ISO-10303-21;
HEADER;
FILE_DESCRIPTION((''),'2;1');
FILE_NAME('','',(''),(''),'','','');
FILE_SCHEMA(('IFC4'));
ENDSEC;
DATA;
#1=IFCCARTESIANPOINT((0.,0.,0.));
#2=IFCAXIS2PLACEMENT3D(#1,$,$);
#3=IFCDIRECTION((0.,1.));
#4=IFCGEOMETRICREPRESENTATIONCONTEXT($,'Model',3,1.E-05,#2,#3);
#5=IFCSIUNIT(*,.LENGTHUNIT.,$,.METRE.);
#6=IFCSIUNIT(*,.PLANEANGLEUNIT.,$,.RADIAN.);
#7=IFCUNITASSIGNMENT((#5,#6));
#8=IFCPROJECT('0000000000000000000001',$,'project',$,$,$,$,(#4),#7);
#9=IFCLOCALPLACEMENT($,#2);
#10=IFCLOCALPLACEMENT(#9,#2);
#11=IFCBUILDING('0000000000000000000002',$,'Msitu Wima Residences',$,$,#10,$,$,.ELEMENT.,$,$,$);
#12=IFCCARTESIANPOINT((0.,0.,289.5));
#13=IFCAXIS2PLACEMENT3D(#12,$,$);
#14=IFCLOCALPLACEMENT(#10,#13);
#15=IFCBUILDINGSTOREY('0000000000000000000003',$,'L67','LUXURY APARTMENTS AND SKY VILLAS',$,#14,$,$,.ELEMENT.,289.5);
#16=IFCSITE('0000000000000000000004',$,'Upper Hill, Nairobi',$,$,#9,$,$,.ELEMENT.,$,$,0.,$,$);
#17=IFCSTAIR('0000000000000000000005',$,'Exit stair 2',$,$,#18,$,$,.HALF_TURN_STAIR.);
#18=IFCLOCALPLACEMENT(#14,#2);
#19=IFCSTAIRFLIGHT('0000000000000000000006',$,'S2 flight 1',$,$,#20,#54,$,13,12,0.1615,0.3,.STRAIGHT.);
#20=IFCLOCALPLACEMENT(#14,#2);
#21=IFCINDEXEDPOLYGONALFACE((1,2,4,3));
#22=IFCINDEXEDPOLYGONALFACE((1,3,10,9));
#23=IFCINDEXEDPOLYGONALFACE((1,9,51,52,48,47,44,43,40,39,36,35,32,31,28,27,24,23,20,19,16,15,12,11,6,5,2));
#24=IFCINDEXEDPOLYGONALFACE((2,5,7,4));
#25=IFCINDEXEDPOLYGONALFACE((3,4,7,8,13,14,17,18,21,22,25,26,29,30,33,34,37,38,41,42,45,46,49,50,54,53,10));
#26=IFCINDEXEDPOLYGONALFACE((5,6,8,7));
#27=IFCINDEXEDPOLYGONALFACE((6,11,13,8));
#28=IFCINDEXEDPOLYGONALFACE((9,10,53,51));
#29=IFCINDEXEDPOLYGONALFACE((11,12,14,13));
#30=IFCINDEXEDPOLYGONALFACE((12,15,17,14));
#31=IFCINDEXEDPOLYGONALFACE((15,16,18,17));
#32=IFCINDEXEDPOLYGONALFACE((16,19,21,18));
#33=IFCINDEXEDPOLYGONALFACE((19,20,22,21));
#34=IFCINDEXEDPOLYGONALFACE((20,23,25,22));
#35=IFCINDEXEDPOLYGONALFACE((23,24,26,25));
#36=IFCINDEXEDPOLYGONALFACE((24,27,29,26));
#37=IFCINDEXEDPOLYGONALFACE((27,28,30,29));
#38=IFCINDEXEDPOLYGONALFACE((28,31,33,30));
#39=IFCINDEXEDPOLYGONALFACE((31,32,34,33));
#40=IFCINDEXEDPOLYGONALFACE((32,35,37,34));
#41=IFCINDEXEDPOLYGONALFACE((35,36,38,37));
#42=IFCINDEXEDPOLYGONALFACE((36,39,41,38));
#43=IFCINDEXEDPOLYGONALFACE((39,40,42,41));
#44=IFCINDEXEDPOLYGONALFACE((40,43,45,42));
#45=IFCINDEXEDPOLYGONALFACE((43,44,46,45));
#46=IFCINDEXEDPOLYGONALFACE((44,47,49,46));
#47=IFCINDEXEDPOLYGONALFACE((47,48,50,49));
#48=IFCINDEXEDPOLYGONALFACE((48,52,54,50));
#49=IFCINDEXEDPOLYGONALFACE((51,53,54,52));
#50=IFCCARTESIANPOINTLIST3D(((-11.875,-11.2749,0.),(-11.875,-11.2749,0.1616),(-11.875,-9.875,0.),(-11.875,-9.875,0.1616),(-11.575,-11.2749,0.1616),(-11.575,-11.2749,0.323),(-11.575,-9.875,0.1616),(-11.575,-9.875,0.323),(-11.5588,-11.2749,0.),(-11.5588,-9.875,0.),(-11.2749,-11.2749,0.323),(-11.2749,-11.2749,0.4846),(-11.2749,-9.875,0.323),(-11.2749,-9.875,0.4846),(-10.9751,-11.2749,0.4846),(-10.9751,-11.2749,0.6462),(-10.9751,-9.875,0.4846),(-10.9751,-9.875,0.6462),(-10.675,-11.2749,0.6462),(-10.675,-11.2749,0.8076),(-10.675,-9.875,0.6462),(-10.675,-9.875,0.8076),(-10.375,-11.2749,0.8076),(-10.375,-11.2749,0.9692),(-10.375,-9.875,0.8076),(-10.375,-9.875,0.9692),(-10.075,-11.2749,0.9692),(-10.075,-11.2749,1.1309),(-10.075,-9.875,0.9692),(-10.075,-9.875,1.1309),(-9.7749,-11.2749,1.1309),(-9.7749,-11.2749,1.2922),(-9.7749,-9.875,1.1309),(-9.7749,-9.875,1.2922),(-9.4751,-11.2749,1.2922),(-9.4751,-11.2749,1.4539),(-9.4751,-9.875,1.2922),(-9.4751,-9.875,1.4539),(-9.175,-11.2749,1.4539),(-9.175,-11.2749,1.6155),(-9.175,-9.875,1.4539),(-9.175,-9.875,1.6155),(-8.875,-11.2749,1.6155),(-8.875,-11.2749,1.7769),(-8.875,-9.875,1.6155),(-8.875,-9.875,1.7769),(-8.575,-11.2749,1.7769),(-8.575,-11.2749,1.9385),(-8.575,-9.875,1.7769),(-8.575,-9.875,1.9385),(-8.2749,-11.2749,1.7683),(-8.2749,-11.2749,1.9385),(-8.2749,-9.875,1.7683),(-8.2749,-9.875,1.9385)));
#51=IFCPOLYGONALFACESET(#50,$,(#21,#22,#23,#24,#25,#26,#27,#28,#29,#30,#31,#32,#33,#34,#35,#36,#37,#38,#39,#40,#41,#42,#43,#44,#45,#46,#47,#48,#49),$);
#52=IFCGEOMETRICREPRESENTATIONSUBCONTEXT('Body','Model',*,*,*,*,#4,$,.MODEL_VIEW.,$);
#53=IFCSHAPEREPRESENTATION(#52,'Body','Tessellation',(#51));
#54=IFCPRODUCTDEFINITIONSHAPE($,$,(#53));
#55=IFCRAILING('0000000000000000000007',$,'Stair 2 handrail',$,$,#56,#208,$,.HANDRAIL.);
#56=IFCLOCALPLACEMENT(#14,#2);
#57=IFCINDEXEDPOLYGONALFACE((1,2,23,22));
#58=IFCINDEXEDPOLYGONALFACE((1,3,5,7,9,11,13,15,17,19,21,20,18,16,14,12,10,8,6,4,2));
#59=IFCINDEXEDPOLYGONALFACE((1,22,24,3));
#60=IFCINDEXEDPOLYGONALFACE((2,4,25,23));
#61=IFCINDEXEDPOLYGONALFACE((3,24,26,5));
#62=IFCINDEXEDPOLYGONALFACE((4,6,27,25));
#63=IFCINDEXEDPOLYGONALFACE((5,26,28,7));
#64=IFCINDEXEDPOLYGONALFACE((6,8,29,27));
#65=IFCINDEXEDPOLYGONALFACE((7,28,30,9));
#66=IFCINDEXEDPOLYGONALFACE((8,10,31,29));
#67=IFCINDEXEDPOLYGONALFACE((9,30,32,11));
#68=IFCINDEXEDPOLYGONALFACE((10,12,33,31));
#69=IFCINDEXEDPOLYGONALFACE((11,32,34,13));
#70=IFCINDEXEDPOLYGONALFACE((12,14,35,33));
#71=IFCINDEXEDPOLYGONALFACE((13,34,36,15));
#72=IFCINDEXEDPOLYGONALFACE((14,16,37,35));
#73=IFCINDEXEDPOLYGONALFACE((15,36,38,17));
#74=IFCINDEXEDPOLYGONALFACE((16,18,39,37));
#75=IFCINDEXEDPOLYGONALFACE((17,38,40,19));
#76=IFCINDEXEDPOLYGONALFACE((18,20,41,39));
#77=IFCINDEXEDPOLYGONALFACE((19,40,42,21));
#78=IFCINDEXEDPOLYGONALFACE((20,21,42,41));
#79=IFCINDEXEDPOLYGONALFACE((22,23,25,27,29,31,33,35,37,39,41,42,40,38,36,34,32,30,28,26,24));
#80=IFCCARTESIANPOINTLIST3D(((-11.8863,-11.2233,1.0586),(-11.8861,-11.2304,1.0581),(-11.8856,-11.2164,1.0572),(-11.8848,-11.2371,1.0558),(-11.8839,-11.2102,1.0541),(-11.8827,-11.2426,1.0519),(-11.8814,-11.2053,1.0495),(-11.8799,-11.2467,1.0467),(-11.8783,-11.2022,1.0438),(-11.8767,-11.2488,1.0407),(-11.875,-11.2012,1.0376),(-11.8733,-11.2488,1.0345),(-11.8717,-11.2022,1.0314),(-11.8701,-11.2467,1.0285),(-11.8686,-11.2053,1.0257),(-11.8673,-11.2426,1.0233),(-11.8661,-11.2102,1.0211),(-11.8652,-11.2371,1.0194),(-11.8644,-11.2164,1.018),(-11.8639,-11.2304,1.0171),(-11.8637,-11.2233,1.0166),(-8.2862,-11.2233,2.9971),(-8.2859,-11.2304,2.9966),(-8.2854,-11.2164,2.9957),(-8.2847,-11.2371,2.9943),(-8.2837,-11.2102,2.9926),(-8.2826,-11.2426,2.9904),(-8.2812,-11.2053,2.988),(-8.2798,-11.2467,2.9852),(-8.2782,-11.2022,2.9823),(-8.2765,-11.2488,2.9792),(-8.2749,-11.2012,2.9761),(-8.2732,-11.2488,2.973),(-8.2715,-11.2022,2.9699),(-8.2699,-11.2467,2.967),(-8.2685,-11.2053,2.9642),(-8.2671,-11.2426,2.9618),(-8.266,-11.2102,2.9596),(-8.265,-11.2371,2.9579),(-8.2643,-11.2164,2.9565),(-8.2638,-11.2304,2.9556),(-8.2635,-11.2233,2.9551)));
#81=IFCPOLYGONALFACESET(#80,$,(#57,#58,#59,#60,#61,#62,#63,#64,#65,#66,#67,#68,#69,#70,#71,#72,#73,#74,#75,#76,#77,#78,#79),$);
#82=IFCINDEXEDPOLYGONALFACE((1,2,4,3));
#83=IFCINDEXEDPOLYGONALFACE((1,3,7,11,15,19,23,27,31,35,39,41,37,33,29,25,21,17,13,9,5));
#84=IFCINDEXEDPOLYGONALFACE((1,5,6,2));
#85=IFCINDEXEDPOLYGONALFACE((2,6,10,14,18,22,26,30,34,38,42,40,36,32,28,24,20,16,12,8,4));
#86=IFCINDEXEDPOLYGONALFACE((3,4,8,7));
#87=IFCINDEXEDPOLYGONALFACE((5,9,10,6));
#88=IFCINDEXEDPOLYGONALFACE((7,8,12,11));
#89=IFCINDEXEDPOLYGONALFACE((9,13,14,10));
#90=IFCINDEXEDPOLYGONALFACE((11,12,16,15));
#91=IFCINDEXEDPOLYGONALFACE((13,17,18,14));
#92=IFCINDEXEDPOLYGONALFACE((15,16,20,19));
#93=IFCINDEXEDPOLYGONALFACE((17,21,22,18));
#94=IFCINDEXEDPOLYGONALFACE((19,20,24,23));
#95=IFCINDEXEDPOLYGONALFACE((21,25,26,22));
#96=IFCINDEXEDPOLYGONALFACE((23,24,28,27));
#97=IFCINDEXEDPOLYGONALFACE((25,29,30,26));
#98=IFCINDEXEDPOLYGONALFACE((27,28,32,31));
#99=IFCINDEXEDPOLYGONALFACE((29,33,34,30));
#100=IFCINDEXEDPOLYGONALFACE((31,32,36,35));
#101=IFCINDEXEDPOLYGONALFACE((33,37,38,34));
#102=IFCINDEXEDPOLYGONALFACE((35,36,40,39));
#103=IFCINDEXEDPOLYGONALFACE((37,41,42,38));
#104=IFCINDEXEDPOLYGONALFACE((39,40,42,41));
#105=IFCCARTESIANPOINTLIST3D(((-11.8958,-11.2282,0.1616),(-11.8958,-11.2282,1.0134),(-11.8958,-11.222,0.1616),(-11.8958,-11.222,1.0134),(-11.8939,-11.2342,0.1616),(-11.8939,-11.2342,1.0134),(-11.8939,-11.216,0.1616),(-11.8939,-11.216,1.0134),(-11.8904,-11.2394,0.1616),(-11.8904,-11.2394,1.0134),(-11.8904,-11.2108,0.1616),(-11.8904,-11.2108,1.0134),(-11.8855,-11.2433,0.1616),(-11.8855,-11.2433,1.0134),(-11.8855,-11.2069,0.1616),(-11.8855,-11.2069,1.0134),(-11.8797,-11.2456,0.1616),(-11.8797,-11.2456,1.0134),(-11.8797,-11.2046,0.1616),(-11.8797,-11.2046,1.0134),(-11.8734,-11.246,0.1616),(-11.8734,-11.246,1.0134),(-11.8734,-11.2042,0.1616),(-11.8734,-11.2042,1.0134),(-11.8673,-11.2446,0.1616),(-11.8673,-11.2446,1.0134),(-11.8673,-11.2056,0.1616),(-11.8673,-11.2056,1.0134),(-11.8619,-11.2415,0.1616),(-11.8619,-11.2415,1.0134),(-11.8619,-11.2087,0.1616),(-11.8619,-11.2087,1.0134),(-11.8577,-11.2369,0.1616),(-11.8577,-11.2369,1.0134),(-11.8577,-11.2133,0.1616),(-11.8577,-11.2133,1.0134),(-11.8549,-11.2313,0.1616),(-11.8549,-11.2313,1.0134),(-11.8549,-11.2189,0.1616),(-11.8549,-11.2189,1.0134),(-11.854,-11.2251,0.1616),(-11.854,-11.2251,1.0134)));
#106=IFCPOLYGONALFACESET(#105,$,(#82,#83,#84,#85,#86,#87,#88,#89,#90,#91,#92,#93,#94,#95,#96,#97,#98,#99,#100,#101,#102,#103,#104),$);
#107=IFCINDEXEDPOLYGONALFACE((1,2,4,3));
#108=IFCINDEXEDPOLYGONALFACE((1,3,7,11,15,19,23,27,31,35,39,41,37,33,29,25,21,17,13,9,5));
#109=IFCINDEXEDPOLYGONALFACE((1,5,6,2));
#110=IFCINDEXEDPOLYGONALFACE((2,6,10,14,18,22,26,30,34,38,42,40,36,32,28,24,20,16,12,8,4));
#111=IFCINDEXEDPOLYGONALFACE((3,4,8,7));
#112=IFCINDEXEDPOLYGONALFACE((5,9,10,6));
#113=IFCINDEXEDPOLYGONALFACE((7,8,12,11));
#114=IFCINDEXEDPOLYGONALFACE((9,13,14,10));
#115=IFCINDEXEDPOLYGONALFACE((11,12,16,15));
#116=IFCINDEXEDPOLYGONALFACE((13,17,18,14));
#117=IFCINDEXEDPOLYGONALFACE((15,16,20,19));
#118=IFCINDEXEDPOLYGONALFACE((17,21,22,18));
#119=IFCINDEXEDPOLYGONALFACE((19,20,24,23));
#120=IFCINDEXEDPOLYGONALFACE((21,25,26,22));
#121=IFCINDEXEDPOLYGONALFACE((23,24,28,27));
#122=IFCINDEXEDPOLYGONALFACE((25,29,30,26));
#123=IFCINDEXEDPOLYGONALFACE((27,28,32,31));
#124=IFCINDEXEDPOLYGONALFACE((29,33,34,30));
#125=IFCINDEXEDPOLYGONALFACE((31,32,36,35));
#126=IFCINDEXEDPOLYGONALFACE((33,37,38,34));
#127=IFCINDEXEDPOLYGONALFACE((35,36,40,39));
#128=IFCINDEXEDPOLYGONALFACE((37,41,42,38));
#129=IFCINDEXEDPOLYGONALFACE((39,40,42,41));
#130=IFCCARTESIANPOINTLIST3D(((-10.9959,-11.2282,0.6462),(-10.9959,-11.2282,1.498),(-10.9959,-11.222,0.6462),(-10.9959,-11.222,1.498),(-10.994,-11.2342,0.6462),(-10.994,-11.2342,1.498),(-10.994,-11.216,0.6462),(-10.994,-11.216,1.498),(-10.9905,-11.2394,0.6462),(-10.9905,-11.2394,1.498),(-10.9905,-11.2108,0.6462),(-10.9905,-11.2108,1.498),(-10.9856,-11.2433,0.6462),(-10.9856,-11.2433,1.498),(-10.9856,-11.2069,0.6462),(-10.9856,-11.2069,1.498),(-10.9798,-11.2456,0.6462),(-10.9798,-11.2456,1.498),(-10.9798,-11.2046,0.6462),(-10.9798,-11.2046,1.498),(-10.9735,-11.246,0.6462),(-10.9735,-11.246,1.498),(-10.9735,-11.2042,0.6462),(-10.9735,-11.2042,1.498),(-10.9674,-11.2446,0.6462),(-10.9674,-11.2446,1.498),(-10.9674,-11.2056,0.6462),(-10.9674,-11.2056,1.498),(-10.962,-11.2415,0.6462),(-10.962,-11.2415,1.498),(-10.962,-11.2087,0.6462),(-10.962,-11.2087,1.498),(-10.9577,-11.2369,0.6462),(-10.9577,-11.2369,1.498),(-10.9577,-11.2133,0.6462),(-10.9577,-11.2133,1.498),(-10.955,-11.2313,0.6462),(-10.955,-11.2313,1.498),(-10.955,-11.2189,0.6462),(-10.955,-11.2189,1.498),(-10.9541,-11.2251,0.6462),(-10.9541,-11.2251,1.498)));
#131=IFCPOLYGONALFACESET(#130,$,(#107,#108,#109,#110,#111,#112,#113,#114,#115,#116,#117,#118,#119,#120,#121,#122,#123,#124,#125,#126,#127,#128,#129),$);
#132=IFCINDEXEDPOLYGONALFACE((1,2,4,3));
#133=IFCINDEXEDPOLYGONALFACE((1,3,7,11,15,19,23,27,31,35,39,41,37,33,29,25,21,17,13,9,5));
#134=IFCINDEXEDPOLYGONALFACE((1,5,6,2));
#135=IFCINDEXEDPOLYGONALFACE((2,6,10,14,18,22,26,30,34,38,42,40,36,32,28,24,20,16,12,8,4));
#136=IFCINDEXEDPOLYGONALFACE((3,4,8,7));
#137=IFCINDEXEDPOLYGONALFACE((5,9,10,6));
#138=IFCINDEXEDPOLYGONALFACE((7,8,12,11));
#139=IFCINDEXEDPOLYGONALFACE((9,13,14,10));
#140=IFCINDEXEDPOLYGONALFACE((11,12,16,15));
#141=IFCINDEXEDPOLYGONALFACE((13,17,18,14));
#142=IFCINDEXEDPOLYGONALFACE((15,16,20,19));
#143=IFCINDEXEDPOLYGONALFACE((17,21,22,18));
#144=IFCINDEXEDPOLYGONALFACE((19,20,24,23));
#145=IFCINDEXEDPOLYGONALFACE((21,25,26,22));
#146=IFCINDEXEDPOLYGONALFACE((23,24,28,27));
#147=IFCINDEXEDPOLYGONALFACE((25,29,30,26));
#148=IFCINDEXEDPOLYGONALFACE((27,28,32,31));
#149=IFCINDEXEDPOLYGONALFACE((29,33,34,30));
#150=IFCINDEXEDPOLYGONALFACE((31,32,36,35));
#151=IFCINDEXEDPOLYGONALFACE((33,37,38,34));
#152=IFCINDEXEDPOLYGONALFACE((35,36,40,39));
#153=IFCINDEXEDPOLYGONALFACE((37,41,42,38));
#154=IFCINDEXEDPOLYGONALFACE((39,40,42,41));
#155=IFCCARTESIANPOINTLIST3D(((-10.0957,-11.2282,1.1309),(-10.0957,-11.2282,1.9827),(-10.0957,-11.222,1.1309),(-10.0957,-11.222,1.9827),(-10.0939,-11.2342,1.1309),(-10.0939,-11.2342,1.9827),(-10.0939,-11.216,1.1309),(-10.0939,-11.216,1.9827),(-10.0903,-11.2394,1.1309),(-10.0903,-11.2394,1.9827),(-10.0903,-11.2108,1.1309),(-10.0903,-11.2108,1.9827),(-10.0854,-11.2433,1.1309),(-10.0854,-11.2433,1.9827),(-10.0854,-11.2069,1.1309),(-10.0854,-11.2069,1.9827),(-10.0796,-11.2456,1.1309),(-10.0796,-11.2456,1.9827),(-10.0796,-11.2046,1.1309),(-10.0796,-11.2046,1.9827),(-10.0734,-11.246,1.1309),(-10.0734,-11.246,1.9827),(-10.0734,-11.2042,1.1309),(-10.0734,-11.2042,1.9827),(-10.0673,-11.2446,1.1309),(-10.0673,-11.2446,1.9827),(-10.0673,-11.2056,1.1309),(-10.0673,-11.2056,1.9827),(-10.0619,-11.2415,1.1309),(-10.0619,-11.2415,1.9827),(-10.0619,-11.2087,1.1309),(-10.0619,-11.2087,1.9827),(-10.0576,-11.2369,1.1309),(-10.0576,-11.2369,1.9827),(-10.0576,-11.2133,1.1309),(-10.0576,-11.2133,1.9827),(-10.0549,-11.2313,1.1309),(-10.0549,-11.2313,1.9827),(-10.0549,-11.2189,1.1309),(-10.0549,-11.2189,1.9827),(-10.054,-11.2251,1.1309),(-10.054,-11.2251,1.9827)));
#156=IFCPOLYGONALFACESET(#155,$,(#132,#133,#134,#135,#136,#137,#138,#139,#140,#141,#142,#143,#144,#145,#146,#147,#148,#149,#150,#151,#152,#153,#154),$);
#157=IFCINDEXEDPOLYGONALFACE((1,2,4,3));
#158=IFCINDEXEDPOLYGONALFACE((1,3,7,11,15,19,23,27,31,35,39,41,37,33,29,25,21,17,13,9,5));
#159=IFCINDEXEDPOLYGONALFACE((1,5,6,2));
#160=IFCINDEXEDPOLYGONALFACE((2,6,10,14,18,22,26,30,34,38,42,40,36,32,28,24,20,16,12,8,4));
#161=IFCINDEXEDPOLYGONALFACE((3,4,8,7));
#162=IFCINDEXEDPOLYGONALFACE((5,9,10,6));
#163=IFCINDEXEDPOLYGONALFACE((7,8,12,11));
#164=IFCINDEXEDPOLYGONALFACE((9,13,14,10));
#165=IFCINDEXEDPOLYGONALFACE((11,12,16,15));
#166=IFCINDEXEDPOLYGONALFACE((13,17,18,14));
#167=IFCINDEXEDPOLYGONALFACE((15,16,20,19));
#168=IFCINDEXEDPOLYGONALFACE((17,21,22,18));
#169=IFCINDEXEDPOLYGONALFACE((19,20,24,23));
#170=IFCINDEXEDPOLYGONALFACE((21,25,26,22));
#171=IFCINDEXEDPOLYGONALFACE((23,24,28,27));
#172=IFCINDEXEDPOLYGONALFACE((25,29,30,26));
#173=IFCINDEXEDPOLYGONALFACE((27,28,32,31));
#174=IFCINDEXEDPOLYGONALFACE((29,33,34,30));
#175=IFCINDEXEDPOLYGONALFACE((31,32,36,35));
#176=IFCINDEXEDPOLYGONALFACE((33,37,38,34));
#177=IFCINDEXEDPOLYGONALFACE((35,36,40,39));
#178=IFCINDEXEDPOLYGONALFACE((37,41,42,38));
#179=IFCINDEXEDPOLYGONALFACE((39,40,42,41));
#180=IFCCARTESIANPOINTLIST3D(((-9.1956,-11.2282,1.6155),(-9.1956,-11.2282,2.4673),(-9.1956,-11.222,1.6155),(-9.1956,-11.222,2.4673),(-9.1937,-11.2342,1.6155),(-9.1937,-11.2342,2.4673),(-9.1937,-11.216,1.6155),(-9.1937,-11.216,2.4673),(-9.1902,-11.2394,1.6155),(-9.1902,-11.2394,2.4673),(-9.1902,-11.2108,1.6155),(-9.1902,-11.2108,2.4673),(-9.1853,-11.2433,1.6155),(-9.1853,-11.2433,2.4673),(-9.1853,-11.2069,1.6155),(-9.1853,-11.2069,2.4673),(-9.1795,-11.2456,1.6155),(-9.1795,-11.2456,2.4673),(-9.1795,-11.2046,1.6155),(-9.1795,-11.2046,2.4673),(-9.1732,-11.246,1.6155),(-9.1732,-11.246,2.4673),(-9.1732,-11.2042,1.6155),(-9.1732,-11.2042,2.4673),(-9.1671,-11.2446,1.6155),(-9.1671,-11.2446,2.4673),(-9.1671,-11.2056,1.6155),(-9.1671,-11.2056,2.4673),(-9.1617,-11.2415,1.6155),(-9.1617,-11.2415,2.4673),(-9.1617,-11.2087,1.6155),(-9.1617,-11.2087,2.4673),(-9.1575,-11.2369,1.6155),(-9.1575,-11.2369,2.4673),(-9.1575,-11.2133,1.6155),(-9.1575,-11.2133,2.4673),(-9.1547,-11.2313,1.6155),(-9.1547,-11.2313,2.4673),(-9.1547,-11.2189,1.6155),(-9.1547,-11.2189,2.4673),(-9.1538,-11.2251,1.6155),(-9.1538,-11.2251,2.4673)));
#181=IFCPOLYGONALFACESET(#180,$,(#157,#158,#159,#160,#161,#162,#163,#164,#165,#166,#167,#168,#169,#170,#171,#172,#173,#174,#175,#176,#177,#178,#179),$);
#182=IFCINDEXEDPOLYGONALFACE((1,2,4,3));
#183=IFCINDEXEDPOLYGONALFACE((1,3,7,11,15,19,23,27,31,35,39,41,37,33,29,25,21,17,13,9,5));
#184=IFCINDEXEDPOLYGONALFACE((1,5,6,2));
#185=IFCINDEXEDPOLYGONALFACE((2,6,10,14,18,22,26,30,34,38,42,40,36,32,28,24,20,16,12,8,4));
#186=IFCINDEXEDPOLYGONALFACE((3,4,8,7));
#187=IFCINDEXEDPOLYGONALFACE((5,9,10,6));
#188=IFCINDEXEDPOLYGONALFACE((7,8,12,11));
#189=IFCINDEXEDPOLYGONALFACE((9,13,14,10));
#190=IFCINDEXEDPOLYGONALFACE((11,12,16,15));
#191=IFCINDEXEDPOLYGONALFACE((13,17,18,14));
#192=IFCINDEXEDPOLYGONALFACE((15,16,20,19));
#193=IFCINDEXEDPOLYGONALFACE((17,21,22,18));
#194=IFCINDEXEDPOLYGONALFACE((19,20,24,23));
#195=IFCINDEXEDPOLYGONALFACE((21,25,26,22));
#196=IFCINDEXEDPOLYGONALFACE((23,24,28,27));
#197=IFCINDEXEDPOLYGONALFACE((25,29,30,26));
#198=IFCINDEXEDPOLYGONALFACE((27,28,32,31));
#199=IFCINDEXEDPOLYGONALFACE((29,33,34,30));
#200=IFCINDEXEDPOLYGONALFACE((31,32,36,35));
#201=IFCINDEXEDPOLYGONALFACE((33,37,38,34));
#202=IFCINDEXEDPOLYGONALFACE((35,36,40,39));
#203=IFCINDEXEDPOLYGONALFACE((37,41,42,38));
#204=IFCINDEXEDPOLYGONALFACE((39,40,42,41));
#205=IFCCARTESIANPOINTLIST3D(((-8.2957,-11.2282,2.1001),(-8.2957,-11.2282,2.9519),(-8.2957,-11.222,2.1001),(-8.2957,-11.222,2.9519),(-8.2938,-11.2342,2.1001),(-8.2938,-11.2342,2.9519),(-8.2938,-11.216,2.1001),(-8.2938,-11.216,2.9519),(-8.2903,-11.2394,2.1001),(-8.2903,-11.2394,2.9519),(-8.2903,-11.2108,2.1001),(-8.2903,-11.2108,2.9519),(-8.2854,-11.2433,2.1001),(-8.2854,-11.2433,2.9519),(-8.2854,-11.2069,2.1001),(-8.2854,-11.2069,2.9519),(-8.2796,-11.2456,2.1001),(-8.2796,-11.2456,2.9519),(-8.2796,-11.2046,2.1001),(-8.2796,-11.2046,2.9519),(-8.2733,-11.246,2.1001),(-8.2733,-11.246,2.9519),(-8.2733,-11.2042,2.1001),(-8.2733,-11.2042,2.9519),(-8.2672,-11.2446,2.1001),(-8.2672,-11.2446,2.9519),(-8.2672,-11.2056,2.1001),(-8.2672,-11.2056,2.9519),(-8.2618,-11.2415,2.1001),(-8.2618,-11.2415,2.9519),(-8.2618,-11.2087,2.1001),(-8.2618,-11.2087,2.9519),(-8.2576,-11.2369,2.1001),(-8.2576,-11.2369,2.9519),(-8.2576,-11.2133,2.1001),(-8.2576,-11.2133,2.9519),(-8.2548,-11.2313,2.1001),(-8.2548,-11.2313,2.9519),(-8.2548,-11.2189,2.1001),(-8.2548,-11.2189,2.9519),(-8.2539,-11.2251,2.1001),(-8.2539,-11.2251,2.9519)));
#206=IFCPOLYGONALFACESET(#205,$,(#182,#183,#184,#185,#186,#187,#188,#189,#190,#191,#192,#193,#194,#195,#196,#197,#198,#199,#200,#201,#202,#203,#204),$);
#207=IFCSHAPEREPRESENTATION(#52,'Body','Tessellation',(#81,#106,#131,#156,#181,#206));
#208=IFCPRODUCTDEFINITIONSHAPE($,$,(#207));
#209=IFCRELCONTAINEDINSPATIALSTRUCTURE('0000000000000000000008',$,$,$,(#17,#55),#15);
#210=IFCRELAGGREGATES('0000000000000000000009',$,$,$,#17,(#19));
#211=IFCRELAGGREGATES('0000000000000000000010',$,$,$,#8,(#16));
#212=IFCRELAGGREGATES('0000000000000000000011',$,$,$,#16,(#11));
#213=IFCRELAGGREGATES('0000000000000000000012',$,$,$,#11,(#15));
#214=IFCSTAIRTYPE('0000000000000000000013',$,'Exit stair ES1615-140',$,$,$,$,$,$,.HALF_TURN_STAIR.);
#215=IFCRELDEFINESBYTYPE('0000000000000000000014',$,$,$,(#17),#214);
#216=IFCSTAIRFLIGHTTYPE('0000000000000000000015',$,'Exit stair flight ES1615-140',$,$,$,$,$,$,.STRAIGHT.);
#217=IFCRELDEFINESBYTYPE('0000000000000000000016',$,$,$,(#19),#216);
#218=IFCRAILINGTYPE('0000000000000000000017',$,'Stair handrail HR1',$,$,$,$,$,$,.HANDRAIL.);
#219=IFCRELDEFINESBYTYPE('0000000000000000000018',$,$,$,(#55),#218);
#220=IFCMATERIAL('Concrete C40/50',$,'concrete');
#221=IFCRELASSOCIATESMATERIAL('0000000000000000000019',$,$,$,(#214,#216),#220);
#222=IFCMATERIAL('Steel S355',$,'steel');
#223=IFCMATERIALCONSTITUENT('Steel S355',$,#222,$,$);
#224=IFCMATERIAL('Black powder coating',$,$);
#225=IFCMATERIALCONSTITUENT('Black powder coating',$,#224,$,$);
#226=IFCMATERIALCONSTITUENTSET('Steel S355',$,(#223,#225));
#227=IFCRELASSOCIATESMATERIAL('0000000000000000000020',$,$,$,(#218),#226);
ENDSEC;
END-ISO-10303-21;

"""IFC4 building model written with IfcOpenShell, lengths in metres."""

from ifc_helpers import new_model, si_unit, direction, frame, origin, origin_2d, place, context, subcontext, project, spatial, polyline, circle, outline, extrude, material, constituent, constituent_set, type_object, element, aggregate, save


model = new_model("IFC4")

# Units and contexts
model_context = context("Model", 3, precision=1e-05, world=origin(), true_north=direction((0.0, 1.0)))
body_context = subcontext(model_context, "Body", "Model", "MODEL_VIEW")
ifc_project = project(units=[si_unit("LENGTHUNIT", "METRE"), si_unit("PLANEANGLEUNIT", "RADIAN")], contexts=[model_context])

# Site, building, storey
site_placement = place(None, origin())
site = spatial("IfcSite", under=ifc_project, at=site_placement, Name="Upper Hill, Nairobi", CompositionType="ELEMENT", RefElevation=0.0)
building_placement = place(site_placement, origin())
building = spatial("IfcBuilding", under=site, at=building_placement, Name="Msitu Wima Residences", CompositionType="ELEMENT")
storey_placement = place(building_placement, frame((0.0, 0.0, 289.5)))
storey = spatial("IfcBuildingStorey", under=building, at=storey_placement, Name="L67", Description="LUXURY APARTMENTS AND SKY VILLAS", CompositionType="ELEMENT", Elevation=289.5)

# Stair, stair flight
ifc_material_1 = material(Name="Concrete C40/50", Category="concrete")
stair_type = type_object("IfcStairType", Name="Exit stair ES1615-140", PredefinedType="HALF_TURN_STAIR", material=ifc_material_1)
stair_placement = place(storey_placement, origin())
stair = element("IfcStair", 1, at=stair_placement, inside=storey, type_object=stair_type, Name="Exit stair 2", PredefinedType="HALF_TURN_STAIR")
stair_flight_type = type_object("IfcStairFlightType", Name="Exit stair flight ES1615-140", PredefinedType="STRAIGHT", material=ifc_material_1)
stair_flight_placement = place(storey_placement, frame((-11.875, -10.575, 0.0), z_axis=(0.0, 0.0, 1.0), x_axis=(1.0, 0.0, 0.0)))
stair_flight = element("IfcStairFlight", 2, at=stair_flight_placement, type_object=stair_flight_type, Name="S2 flight 1", NumberOfRisers=13, NumberOfTreads=12, PredefinedType="STRAIGHT", RiserHeight=0.1615, TreadLength=0.3, context=body_context, shape_type="SweptSolid", body=[
    extrude(outline(polyline([(0.0, 0.0), (0.0, 0.1616), (0.3, 0.1616), (0.3, 0.323), (0.6001, 0.323), (0.6001, 0.4846), (0.8999, 0.4846), (0.8999, 0.6462), (1.2, 0.6462), (1.2, 0.8076), (1.5, 0.8076), (1.5, 0.9692), (1.8, 0.9692), (1.8, 1.1309), (2.1001, 1.1309), (2.1001, 1.2922), (2.3999, 1.2922), (2.3999, 1.4539), (2.7, 1.4539), (2.7, 1.6155), (3.0, 1.6155), (3.0, 1.7769), (3.3, 1.7769), (3.3, 1.9385), (3.6001, 1.9385), (3.6001, 2.1001), (3.6001, 1.7683), (0.3162, 0.0), (0.0, 0.0)])), frame((0.0, 0.7, 0.0), z_axis=(0.0, -1.0, 0.0), x_axis=(1.0, 0.0, 0.0)), (0.0, 0.0, 1.0), 1.3999),
])
aggregate(stair, [stair_flight])

# Railing
ifc_material_2 = material(Name="Steel S355", Category="steel")
ifc_constituent_1 = constituent(ifc_material_2, Name="Steel S355")
ifc_material_3 = material(Name="Black powder coating")
ifc_constituent_2 = constituent(ifc_material_3, Name="Black powder coating")
ifc_constituent_set = constituent_set(constituents=[ifc_constituent_1, ifc_constituent_2], Name="Steel S355")
railing_type = type_object("IfcRailingType", Name="Stair handrail HR1", PredefinedType="HANDRAIL", material=ifc_constituent_set)
for number, where, name in (
    (3, (-11.875, -11.2251, 0.1616), "Stair 2 handrail"),
):
    element("IfcRailing", number, at=place(storey_placement, frame(where)), inside=storey, type_object=railing_type, Name=name, PredefinedType="HANDRAIL", context=body_context, shape_type="SweptSolid", body=[
        extrude(circle(Radius=0.0239, at=origin_2d()), frame((0.0, 0.0, 0.876), z_axis=(0.880475, 0.0, 0.474093), x_axis=(0.0, 1.0, 0.0)), (0.0, 0.0, 1.0), 4.0889),
        extrude(circle(Radius=0.021, at=origin_2d()), origin(), (0.0, 0.0, 1.0), 0.8518),
        extrude(circle(Radius=0.021, at=origin_2d()), frame((0.8999, 0.0, 0.4846)), (0.0, 0.0, 1.0), 0.8518),
        extrude(circle(Radius=0.021, at=origin_2d()), frame((1.8, 0.0, 0.9692)), (0.0, 0.0, 1.0), 0.8518),
        extrude(circle(Radius=0.021, at=origin_2d()), frame((2.7002, 0.0, 1.4539)), (0.0, 0.0, 1.0), 0.8518),
        extrude(circle(Radius=0.021, at=origin_2d()), frame((3.6001, 0.0, 1.9385)), (0.0, 0.0, 1.0), 0.8518),
    ])

save(model, "model.ifc")
